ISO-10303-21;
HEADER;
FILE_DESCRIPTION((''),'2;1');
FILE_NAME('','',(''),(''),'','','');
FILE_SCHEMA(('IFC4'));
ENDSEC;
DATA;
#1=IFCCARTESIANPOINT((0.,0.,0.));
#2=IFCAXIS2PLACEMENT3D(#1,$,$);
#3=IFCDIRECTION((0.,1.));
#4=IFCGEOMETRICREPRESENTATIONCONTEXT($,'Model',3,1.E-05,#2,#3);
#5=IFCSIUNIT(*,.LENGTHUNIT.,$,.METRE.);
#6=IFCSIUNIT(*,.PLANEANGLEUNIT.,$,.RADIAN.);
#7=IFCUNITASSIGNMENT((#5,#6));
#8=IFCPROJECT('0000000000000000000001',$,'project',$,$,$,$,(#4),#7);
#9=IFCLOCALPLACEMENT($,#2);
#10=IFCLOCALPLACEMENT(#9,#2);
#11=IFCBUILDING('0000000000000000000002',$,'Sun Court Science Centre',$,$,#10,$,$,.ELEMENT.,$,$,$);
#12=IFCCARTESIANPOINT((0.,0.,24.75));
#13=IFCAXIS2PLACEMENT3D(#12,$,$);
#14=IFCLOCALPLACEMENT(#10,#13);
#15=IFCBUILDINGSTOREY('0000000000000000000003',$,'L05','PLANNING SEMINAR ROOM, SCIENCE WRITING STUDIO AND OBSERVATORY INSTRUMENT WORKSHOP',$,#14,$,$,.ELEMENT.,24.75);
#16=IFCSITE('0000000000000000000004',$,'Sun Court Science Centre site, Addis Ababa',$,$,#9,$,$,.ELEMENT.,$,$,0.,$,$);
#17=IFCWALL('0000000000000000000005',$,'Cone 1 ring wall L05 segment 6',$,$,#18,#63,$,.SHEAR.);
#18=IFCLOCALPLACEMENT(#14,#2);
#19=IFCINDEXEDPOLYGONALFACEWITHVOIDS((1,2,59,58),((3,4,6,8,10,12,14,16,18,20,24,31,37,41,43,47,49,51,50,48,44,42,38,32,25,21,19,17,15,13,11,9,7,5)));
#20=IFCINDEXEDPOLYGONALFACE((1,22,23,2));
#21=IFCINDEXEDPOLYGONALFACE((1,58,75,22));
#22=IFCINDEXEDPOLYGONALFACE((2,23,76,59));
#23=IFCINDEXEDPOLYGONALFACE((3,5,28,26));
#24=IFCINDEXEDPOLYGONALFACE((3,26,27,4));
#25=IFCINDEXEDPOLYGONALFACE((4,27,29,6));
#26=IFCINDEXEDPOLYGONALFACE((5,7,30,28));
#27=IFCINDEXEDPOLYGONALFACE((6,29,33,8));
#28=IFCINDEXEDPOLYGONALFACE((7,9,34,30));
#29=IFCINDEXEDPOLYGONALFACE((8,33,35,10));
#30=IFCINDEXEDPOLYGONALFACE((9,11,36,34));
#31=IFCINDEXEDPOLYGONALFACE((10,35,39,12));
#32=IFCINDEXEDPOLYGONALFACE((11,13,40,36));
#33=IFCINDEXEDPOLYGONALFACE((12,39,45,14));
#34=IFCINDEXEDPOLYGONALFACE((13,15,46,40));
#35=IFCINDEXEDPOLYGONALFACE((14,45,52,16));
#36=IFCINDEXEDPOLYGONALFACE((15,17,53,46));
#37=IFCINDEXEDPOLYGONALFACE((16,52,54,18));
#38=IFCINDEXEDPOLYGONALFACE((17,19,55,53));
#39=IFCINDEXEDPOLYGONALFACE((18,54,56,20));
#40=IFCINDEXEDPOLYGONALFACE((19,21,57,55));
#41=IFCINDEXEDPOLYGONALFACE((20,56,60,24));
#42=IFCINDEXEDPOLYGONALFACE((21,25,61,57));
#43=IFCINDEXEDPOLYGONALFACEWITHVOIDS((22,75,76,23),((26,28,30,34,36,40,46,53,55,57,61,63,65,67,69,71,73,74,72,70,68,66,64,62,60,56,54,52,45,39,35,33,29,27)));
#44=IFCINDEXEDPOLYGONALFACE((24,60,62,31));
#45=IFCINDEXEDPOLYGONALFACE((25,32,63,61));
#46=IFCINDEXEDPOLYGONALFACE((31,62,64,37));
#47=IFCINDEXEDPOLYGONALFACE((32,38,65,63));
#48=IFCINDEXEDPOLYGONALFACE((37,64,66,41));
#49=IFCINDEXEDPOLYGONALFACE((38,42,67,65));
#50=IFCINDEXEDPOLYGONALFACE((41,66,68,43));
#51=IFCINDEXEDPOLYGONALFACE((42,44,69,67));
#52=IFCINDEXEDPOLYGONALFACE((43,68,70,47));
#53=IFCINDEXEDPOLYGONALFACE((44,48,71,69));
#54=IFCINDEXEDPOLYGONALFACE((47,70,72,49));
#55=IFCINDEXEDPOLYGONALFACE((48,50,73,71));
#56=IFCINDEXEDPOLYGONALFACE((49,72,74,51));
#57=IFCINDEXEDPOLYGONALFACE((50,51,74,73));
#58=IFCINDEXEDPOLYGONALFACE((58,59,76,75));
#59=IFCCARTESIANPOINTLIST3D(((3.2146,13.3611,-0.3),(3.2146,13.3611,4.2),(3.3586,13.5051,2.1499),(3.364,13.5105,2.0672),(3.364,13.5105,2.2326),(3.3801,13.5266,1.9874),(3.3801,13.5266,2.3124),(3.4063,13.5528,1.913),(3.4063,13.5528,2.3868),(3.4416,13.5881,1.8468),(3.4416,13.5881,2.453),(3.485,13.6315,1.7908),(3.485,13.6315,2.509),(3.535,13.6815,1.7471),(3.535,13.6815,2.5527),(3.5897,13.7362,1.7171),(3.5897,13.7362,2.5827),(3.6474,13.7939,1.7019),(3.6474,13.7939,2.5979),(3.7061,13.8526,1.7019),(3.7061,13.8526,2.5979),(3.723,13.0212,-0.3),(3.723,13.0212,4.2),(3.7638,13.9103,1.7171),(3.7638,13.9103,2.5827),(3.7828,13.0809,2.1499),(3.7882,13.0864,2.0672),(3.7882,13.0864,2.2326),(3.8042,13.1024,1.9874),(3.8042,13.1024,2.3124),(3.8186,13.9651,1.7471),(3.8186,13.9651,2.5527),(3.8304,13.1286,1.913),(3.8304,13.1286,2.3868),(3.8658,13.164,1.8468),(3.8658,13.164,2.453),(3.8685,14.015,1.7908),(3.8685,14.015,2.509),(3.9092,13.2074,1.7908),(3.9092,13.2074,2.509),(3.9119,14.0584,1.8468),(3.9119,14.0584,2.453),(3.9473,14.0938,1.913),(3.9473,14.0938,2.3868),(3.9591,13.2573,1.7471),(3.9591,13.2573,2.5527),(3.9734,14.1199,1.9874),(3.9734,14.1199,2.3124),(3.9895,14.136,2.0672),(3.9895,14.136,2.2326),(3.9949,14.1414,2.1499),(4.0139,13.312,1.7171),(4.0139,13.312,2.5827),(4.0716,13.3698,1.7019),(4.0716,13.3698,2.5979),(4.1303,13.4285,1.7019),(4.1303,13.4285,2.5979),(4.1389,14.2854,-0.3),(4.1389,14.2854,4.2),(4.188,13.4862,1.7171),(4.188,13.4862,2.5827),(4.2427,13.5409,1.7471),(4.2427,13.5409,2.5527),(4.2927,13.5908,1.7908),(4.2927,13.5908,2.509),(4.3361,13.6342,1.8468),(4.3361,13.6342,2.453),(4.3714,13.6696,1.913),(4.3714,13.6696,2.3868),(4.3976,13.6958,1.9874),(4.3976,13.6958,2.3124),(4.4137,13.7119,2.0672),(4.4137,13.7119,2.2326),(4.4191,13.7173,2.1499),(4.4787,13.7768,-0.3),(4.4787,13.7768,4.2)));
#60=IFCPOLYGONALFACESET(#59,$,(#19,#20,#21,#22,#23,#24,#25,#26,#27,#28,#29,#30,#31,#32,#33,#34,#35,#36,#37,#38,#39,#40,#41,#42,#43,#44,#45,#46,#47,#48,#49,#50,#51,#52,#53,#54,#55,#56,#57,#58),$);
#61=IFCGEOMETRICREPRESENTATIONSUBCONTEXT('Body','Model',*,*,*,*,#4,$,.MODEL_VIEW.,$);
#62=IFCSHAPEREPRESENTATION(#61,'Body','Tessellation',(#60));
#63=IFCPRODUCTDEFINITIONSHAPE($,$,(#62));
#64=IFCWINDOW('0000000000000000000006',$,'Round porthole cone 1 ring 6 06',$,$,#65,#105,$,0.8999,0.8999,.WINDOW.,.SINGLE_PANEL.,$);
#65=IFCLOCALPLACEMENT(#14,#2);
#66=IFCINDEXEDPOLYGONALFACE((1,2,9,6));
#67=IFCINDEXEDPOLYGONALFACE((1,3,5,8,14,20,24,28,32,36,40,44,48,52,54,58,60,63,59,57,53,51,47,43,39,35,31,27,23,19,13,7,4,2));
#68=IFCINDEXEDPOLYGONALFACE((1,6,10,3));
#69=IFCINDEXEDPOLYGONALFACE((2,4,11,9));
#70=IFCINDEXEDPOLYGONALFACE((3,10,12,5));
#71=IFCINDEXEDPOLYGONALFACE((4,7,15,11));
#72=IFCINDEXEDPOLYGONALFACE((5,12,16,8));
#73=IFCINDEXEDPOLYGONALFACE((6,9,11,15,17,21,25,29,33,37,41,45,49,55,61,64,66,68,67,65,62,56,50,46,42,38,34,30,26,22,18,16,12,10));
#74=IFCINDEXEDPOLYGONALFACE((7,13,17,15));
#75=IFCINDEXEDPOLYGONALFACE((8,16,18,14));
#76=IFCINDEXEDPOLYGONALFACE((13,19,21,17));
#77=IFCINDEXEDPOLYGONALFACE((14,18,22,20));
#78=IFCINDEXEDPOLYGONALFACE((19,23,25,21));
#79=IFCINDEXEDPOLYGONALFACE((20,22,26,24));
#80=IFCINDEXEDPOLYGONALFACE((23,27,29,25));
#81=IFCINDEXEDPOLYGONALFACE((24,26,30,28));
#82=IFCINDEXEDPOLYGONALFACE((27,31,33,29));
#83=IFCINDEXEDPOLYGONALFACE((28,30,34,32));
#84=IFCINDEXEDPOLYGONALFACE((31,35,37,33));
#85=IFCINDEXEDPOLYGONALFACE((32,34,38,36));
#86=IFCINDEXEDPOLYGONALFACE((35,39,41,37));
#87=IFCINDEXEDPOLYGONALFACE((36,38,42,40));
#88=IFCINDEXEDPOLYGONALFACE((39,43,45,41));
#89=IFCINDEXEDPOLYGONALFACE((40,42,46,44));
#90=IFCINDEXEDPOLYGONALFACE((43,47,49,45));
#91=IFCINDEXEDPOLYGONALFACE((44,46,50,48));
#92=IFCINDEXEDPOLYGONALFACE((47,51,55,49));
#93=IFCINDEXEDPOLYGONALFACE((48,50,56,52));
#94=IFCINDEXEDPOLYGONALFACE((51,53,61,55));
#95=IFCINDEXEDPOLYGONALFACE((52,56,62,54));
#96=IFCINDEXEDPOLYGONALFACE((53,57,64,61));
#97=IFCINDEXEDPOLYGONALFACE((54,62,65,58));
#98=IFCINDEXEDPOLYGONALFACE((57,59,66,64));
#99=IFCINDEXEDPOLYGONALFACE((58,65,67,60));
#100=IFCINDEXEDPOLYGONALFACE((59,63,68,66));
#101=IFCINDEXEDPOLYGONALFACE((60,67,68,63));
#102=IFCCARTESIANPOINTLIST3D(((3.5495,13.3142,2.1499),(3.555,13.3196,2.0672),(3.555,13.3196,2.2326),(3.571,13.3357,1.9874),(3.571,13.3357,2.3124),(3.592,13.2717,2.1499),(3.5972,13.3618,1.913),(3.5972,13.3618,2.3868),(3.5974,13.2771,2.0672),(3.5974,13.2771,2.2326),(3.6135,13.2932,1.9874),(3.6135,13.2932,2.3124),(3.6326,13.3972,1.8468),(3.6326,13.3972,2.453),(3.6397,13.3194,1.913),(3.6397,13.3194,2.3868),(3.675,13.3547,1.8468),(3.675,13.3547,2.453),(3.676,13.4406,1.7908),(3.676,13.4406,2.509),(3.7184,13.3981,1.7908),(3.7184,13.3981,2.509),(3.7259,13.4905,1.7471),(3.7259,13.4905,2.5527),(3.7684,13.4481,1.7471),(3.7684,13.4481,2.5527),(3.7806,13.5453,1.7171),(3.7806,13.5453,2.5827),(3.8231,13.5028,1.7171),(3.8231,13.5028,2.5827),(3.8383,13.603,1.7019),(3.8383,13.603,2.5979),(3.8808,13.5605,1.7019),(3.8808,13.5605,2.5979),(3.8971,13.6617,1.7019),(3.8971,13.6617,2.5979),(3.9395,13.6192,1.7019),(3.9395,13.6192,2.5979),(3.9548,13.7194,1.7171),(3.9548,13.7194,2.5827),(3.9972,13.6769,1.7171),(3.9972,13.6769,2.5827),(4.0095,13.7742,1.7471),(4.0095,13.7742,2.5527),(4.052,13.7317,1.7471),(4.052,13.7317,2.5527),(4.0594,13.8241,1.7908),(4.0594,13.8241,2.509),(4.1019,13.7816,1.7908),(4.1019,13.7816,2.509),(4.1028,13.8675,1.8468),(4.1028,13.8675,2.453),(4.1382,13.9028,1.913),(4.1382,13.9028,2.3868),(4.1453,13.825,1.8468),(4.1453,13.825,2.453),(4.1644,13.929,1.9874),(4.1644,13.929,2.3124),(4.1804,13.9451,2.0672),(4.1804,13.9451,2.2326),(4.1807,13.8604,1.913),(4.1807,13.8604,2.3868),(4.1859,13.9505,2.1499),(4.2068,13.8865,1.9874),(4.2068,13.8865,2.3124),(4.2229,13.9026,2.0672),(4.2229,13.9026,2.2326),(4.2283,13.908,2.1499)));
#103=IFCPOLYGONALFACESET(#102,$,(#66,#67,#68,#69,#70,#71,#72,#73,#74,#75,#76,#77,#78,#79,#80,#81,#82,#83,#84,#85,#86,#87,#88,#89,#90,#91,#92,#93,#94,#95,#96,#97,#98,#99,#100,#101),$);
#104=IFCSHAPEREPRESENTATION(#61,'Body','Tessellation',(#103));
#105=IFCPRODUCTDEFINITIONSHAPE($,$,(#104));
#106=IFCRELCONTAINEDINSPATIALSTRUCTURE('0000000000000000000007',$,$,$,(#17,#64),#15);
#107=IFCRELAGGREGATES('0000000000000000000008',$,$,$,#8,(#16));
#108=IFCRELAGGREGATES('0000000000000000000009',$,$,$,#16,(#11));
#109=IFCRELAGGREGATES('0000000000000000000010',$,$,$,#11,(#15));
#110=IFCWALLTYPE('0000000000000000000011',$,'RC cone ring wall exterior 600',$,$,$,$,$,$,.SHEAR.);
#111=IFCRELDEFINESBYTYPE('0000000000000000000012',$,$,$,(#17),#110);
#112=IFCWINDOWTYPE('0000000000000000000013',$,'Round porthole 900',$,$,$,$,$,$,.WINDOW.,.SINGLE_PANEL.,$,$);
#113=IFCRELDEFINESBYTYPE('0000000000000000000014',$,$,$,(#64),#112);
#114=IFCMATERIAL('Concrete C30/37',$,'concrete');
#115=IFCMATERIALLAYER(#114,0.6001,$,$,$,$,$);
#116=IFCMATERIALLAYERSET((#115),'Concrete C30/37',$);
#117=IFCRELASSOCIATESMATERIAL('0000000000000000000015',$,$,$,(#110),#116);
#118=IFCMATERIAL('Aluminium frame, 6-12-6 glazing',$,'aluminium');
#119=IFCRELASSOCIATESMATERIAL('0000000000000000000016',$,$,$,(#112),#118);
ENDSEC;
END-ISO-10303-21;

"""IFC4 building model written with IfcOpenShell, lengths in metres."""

from ifc_helpers import new_model, si_unit, direction, frame, frame_2d, origin, place, context, subcontext, project, spatial, polyline, circle, outline, extrude, material, layer, layer_set, type_object, element, fill, save


model = new_model("IFC4")

# Units and contexts
model_context = context("Model", 3, precision=1e-05, world=origin(), true_north=direction((0.0, 1.0)))
body_context = subcontext(model_context, "Body", "Model", "MODEL_VIEW")
ifc_project = project(units=[si_unit("LENGTHUNIT", "METRE"), si_unit("PLANEANGLEUNIT", "RADIAN")], contexts=[model_context])

# Site, building, storey
site_placement = place(None, origin())
site = spatial("IfcSite", under=ifc_project, at=site_placement, Name="Sun Court Science Centre site, Addis Ababa", CompositionType="ELEMENT", RefElevation=0.0)
building_placement = place(site_placement, origin())
building = spatial("IfcBuilding", under=site, at=building_placement, Name="Sun Court Science Centre", CompositionType="ELEMENT")
storey_placement = place(building_placement, frame((0.0, 0.0, 24.75)))
storey = spatial("IfcBuildingStorey", under=building, at=storey_placement, Name="L05", Description="PLANNING SEMINAR ROOM, SCIENCE WRITING STUDIO AND OBSERVATORY INSTRUMENT WORKSHOP", CompositionType="ELEMENT", Elevation=24.75)

# Wall, opening, window
ifc_material_1 = material(Name="Concrete C30/37", Category="concrete")
ifc_layer = layer(ifc_material_1, 0.6001)
ifc_layer_set = layer_set([ifc_layer], Name="Concrete C30/37")
wall_type = type_object("IfcWallType", Name="RC cone ring wall exterior 600", PredefinedType="SHEAR", material=ifc_layer_set)
ifc_material_2 = material(Name="Aluminium frame, 6-12-6 glazing", Category="aluminium")
window_type = type_object("IfcWindowType", Name="Round porthole 900", PartitioningType="SINGLE_PANEL", PredefinedType="WINDOW", material=ifc_material_2)
wall_1_placement = place(storey_placement, frame((4.3511, 14.0732, -0.3), z_axis=(0.0, 0.0, 1.0), x_axis=(-0.707107, -0.707107, 0.0)))
wall_1 = element("IfcWall", 1, at=wall_1_placement, inside=storey, type_object=wall_type, Name="Cone 1 ring wall L05 segment 6", PredefinedType="SHEAR", context=body_context, shape_type="SweptSolid", body=[
    extrude(outline(polyline([(0.0, -0.3), (1.3071, -0.3), (1.188, 0.2998), (0.1194, 0.2998), (0.0, -0.3)])), origin(), (0.0, 0.0, 1.0), 4.5),
])
opening_1_placement = place(wall_1_placement, frame((0.2036, 0.0, 2.0)))
opening_1 = element("IfcOpeningElement", 2, at=opening_1_placement, cuts=wall_1, PredefinedType="OPENING", context=body_context, shape_type="SweptSolid", body=[
    extrude(circle(Radius=0.45, at=frame_2d((0.45, 0.45))), frame((0.0, 0.3101, 0.0), z_axis=(0.0, -1.0, 0.0), x_axis=(1.0, 0.0, 0.0)), (0.0, 0.0, 1.0), 0.6201),
])
window_1_placement = place(opening_1_placement, origin())
window_1 = element("IfcWindow", 3, at=window_1_placement, inside=storey, type_object=window_type, Name="Round porthole cone 1 ring 6 06", OverallHeight=0.8999, OverallWidth=0.8999, PartitioningType="SINGLE_PANEL", PredefinedType="WINDOW", context=body_context, shape_type="SweptSolid", body=[
    extrude(circle(Radius=0.45, at=frame_2d((0.45, 0.45))), frame((0.0, 0.03, 0.0), z_axis=(0.0, -1.0, 0.0), x_axis=(1.0, 0.0, 0.0)), (0.0, 0.0, 1.0), 0.0601),
])
fill(opening_1, window_1)

save(model, "model.ifc")
